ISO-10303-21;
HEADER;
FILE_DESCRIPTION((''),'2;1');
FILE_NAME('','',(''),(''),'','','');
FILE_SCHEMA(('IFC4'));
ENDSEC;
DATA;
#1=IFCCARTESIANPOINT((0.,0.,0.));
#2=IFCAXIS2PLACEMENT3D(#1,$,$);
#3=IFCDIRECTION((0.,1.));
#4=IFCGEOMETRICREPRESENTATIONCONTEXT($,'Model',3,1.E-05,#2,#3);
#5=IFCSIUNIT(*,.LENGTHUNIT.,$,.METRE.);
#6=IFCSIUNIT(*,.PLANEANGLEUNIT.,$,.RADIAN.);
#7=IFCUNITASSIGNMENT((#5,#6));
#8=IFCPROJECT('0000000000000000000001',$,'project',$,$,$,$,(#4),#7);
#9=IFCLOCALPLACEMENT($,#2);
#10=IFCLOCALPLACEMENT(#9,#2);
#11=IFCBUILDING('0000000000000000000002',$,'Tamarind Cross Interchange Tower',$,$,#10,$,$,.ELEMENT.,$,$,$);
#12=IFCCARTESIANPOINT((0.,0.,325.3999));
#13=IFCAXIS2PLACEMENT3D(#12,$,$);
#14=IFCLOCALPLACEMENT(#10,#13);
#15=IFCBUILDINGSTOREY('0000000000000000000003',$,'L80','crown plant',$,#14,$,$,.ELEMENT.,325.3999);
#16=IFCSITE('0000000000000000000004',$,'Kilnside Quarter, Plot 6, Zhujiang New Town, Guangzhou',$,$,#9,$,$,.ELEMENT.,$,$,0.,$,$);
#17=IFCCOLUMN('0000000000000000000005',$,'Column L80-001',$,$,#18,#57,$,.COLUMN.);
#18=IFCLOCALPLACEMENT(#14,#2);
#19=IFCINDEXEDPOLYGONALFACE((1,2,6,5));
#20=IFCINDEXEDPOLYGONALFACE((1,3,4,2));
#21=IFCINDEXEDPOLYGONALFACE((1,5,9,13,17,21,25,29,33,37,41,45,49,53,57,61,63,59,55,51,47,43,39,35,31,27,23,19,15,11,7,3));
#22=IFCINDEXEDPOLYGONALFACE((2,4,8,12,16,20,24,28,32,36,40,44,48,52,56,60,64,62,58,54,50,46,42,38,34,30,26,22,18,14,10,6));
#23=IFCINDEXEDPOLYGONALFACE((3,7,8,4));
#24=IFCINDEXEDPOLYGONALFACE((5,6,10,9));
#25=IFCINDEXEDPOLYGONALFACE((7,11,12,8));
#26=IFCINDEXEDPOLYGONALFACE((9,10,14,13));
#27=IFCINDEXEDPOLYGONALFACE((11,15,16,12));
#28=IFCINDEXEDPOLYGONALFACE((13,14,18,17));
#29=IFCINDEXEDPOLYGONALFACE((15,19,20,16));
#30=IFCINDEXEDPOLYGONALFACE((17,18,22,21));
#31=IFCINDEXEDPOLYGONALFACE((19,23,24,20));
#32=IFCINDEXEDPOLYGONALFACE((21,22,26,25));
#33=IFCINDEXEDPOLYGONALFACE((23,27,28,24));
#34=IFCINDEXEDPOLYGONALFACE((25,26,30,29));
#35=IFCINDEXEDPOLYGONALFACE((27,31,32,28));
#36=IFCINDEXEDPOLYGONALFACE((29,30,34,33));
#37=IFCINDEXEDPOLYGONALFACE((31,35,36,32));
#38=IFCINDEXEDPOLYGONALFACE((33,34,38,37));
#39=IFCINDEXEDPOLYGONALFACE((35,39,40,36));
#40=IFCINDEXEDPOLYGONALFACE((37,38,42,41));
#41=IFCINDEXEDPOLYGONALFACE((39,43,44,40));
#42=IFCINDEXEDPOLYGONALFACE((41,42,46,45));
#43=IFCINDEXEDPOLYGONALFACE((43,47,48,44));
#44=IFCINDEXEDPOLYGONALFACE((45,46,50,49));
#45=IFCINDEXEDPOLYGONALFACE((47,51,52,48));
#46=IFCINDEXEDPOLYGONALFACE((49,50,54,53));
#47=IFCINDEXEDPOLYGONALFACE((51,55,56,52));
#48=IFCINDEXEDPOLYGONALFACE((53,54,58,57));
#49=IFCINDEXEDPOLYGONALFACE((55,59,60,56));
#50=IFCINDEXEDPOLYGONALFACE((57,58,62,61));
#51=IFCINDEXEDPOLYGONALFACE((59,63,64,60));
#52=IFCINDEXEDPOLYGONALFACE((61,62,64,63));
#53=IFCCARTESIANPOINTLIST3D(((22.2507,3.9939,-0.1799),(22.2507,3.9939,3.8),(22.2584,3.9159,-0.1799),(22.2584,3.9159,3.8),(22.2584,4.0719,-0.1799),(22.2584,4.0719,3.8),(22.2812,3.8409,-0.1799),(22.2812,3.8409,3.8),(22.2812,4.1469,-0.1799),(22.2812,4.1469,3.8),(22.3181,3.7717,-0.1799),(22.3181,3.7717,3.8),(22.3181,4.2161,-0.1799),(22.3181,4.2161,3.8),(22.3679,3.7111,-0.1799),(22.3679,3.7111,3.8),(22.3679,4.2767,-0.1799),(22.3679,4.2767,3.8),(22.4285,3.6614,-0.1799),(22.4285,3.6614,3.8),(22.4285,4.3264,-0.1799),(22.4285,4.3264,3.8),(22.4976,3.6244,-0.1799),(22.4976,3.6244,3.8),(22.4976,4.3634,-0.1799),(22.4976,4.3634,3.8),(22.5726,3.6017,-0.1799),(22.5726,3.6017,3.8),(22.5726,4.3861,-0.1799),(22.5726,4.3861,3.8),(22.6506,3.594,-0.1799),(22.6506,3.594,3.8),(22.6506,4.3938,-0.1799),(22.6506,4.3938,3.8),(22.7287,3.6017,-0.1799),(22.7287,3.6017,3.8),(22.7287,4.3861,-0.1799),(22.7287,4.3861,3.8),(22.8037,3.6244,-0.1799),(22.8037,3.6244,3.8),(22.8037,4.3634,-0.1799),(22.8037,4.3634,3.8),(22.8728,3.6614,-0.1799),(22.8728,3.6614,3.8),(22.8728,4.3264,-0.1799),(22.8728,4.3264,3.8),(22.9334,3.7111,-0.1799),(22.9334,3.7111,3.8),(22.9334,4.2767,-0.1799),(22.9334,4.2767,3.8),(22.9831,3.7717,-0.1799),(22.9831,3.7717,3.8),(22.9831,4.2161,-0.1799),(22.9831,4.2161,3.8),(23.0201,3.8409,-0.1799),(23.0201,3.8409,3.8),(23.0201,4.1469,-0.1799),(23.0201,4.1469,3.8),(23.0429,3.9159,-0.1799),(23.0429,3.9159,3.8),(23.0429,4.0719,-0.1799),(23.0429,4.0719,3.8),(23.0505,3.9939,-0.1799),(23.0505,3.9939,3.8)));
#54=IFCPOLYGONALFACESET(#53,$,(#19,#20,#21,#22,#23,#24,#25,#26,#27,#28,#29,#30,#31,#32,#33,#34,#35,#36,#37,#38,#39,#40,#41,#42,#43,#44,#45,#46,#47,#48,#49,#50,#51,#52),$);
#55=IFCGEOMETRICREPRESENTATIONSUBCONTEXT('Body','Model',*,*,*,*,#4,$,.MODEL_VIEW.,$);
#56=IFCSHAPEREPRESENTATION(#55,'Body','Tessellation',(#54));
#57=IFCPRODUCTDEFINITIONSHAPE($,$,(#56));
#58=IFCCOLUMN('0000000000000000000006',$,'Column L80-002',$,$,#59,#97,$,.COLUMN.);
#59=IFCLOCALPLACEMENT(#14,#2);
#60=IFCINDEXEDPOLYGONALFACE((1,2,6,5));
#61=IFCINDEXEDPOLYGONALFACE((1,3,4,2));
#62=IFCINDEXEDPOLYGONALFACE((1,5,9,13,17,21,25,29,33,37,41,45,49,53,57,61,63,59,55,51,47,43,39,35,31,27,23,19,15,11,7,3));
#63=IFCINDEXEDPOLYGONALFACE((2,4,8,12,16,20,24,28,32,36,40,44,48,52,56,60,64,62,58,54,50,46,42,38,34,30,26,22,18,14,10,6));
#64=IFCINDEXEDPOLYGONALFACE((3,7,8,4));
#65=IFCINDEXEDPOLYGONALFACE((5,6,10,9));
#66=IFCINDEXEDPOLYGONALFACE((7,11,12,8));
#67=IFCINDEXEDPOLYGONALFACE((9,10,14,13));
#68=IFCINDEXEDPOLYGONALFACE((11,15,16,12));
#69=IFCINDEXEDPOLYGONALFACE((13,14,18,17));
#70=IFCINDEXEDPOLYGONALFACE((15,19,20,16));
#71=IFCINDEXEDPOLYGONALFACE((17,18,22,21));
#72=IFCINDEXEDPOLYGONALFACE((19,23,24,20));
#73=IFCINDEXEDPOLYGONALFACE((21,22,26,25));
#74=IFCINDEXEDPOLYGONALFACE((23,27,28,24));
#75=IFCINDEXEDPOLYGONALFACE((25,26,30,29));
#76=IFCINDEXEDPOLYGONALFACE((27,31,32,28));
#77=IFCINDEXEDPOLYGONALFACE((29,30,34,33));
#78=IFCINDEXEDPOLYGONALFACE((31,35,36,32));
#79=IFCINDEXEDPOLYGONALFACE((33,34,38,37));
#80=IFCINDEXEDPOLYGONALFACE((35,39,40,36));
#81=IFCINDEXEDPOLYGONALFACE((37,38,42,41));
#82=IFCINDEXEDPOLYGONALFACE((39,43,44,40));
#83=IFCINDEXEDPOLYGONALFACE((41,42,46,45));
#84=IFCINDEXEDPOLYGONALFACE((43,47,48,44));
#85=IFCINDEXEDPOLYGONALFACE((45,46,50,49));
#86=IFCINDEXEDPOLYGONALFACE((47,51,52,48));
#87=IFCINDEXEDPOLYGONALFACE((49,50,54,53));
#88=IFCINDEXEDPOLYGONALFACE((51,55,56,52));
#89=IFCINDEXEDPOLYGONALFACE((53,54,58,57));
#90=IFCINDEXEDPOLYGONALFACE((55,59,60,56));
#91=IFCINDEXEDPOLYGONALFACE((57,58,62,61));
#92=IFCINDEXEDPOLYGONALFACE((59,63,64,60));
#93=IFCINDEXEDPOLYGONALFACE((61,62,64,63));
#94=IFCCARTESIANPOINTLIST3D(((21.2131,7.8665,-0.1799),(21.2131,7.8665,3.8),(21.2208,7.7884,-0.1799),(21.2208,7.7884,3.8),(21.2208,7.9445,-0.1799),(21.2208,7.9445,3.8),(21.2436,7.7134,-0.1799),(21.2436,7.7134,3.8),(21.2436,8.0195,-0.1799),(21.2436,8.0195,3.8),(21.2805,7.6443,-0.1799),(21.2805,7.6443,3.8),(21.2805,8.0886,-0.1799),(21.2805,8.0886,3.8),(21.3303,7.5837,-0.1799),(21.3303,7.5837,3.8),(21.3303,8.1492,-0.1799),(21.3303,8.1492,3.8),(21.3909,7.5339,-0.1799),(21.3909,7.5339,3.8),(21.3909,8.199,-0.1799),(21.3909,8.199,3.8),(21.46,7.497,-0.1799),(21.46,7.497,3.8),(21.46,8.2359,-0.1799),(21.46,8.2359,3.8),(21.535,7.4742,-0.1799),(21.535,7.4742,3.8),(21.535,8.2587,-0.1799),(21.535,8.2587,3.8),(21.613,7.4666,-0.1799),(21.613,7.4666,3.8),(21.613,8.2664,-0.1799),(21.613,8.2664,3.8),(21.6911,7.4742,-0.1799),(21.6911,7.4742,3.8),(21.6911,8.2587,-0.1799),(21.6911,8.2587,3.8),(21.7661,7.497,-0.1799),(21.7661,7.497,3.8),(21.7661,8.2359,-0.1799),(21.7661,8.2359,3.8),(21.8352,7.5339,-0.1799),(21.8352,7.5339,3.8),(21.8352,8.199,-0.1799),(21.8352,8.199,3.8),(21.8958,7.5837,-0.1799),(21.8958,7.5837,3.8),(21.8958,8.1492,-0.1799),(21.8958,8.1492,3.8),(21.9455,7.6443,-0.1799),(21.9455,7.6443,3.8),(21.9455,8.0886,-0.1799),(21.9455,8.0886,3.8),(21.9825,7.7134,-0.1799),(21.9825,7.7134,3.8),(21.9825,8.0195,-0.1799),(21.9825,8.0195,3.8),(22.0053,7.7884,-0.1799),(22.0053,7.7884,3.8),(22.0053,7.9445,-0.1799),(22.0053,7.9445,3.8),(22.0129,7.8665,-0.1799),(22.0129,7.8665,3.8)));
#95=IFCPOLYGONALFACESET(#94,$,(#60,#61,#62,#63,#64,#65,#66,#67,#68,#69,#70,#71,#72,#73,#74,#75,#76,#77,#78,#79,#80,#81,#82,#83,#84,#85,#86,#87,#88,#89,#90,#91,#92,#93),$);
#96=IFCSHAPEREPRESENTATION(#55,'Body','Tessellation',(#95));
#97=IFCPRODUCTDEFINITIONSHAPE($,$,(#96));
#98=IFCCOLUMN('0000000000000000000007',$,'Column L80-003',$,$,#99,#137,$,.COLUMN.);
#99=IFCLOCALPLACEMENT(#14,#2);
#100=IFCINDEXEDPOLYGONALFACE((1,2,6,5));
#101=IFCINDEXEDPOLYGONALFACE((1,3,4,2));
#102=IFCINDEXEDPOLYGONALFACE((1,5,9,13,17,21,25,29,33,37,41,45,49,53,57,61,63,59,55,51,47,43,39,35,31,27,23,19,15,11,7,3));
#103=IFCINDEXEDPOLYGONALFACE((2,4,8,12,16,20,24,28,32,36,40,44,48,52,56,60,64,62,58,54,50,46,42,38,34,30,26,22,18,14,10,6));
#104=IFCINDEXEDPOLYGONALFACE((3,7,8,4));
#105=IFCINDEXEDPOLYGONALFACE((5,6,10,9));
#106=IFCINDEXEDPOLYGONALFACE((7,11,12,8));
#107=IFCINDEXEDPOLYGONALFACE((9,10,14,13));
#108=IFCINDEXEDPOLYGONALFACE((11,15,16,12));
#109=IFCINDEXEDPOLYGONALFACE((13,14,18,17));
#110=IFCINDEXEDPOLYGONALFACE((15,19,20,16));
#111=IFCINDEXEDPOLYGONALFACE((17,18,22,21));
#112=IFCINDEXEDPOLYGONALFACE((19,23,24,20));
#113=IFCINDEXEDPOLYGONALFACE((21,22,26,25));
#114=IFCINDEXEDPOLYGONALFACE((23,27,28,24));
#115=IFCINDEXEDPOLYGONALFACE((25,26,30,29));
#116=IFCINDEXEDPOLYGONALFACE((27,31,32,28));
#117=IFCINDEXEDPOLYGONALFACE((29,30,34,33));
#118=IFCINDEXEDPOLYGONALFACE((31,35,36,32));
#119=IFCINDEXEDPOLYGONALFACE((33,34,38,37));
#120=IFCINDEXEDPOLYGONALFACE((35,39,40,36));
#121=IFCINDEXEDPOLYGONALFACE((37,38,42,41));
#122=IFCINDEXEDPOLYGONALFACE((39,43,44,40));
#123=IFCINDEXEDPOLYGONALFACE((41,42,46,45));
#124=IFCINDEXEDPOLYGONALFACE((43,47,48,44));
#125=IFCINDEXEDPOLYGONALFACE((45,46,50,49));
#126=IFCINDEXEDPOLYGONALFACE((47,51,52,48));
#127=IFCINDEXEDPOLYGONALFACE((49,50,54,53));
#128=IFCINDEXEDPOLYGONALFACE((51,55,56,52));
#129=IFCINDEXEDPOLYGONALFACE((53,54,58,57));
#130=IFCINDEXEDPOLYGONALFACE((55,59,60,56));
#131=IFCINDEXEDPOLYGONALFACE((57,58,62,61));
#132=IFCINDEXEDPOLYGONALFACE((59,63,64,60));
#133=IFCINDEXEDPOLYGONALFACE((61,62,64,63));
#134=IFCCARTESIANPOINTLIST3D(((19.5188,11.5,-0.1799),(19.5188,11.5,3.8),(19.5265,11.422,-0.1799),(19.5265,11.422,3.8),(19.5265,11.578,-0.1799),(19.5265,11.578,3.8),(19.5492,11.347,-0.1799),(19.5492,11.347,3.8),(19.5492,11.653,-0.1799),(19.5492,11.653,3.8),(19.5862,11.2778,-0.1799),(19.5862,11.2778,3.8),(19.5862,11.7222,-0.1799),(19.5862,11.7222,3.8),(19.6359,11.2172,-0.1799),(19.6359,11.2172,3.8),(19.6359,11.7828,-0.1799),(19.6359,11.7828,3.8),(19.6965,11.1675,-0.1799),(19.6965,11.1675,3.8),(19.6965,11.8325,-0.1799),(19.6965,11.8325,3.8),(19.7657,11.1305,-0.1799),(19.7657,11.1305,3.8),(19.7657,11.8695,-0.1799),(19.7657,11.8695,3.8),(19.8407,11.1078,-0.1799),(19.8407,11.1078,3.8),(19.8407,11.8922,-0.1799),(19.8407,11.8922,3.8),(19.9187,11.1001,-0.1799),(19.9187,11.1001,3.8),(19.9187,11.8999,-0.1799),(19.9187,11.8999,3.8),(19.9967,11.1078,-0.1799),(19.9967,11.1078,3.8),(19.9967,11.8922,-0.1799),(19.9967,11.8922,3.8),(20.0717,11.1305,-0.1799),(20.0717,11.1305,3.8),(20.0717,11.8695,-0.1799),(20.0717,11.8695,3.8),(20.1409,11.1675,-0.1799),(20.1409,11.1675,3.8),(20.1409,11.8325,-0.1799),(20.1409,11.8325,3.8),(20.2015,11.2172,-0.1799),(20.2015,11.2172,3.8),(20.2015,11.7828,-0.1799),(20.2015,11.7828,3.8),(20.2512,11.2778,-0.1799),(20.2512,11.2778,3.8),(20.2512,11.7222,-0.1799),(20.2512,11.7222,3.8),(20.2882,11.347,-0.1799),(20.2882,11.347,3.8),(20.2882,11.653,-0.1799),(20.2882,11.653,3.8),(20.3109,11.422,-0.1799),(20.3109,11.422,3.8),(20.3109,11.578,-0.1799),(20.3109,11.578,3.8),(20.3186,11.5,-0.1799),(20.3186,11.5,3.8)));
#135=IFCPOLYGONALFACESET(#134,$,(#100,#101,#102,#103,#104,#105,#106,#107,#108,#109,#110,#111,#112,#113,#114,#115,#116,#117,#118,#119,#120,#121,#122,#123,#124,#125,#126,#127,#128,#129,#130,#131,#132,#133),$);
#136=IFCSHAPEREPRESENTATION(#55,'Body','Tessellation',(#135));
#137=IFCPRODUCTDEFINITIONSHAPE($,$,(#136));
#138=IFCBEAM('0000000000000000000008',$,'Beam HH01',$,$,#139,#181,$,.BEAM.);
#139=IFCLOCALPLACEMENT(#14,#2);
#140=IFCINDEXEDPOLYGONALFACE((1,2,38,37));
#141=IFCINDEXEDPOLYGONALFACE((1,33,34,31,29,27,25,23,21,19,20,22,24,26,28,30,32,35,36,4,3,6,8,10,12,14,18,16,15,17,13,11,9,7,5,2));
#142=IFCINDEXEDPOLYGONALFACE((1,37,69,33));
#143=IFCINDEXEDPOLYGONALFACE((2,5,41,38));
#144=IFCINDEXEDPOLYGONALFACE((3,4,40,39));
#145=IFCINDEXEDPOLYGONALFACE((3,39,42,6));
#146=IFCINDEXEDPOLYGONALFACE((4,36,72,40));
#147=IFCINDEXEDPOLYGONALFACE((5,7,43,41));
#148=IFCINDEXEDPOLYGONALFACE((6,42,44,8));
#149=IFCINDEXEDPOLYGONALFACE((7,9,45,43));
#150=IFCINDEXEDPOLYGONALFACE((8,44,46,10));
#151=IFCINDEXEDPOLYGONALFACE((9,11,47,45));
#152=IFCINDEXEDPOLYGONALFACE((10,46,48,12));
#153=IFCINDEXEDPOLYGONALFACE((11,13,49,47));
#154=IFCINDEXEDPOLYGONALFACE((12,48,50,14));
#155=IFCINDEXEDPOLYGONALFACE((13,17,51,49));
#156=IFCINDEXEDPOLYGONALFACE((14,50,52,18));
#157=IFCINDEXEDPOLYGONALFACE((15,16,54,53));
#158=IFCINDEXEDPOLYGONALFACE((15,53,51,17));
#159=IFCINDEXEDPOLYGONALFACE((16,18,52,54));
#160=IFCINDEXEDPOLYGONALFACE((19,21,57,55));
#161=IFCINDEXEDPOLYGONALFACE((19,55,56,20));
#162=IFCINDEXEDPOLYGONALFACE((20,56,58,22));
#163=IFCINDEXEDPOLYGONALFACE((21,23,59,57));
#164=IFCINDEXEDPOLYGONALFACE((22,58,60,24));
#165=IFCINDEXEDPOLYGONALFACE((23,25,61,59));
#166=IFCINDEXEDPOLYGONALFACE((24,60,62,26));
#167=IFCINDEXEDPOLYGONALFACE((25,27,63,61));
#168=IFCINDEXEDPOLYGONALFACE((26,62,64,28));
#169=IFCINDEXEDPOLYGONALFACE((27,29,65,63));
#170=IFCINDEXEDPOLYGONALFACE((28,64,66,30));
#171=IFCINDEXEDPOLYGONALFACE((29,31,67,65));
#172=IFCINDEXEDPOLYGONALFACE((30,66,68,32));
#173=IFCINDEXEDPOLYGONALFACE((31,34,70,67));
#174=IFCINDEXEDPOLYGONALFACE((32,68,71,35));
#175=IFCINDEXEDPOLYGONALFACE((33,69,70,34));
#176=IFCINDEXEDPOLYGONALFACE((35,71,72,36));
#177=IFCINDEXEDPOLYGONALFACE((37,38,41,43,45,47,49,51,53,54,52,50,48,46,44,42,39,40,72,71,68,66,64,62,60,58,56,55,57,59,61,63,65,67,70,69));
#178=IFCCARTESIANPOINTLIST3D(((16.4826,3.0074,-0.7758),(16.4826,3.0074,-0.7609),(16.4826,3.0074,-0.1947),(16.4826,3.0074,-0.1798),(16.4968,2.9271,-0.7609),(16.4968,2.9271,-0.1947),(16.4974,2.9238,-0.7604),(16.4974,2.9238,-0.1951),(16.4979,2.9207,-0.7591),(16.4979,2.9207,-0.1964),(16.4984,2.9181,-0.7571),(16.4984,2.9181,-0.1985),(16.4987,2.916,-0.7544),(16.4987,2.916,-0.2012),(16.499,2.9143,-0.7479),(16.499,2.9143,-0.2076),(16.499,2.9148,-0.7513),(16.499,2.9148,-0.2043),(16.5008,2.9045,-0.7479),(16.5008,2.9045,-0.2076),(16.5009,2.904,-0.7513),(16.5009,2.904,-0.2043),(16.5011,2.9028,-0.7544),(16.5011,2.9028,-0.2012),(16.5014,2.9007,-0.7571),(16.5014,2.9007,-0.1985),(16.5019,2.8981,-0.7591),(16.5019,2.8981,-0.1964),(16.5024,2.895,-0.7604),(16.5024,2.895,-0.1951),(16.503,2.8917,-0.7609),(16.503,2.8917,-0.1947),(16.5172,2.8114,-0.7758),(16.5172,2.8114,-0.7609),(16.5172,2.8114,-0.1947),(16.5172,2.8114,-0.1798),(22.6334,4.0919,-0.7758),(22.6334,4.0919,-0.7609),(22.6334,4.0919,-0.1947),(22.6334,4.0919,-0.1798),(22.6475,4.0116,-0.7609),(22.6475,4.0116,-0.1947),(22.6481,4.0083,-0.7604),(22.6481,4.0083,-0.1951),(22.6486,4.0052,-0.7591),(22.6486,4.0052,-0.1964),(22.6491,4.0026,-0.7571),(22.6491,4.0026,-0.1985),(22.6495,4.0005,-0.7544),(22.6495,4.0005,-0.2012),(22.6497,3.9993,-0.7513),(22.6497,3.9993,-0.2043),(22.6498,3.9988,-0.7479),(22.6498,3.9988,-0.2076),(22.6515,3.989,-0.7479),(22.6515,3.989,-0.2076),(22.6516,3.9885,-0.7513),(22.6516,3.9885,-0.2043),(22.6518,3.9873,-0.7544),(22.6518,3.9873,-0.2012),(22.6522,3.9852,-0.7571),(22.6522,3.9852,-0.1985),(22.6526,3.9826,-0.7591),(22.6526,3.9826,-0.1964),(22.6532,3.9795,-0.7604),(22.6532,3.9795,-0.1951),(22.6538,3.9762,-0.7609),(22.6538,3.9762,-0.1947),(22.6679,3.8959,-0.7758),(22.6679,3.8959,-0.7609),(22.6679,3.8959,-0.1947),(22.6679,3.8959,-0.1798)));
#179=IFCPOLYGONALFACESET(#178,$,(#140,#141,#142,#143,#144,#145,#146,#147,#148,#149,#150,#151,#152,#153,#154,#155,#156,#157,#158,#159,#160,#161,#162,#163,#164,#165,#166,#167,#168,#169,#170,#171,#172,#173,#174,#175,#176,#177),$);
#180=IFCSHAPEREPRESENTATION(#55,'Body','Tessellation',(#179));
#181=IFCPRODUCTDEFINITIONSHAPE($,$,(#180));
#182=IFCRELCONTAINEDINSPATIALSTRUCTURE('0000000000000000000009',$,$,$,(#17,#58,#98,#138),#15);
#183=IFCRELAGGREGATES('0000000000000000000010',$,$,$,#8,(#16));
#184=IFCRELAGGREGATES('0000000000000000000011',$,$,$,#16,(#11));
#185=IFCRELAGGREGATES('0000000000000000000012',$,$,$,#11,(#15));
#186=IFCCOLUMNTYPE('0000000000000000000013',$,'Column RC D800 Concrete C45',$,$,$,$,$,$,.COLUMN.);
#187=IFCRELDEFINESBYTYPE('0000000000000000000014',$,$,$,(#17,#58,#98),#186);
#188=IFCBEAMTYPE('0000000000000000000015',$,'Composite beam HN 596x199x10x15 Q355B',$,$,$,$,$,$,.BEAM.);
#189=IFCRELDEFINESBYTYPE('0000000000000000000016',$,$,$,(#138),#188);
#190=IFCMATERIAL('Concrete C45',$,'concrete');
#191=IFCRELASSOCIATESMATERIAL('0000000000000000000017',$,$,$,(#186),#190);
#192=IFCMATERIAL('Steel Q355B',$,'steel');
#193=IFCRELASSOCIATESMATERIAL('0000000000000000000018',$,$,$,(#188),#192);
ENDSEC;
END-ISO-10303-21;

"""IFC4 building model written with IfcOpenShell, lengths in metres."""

from ifc_helpers import new_model, si_unit, direction, frame, origin, origin_2d, place, context, subcontext, project, spatial, circle, i_section, extrude, material, material_profile, profile_set, type_object, element, save


model = new_model("IFC4")

# Units and contexts
model_context = context("Model", 3, precision=1e-05, world=origin(), true_north=direction((0.0, 1.0)))
body_context = subcontext(model_context, "Body", "Model", "MODEL_VIEW")
ifc_project = project(units=[si_unit("LENGTHUNIT", "METRE"), si_unit("PLANEANGLEUNIT", "RADIAN")], contexts=[model_context])

# Site, building, storey
site_placement = place(None, origin())
site = spatial("IfcSite", under=ifc_project, at=site_placement, Name="Kilnside Quarter, Plot 6, Zhujiang New Town, Guangzhou", CompositionType="ELEMENT", RefElevation=0.0)
building_placement = place(site_placement, origin())
building = spatial("IfcBuilding", under=site, at=building_placement, Name="Tamarind Cross Interchange Tower", CompositionType="ELEMENT")
storey_placement = place(building_placement, frame((0.0, 0.0, 325.3999)))
storey = spatial("IfcBuildingStorey", under=building, at=storey_placement, Name="L80", Description="crown plant", CompositionType="ELEMENT", Elevation=325.3999)

# Columns
ifc_material_1 = material(Name="Concrete C45", Category="concrete")
ifc_material_profile_1 = material_profile(ifc_material_1, circle(Radius=0.3999, at=origin_2d()), Name="RC D800")
ifc_profile_set_1 = profile_set([ifc_material_profile_1], Name="Concrete C45")
column_type = type_object("IfcColumnType", Name="Column RC D800 Concrete C45", PredefinedType="COLUMN", material=ifc_profile_set_1)
for number, where, z_axis, x_axis, name in (
    (1, (22.6506, 3.9939, -0.1799), (0.0, 0.0, 1.0), (1.0, 0.0, 0.0), "Column L80-001"),
    (2, (21.613, 7.8665, -0.1799), (0.0, 0.0, 1.0), (1.0, 0.0, 0.0), "Column L80-002"),
    (3, (19.9187, 11.5, -0.1799), (0.0, 0.0, 1.0), (1.0, 0.0, 0.0), "Column L80-003"),
):
    element("IfcColumn", number, at=place(storey_placement, frame(where, z_axis=z_axis, x_axis=x_axis)), inside=storey, type_object=column_type, Name=name, PredefinedType="COLUMN", context=body_context, shape_type="SweptSolid", body=[
        extrude(circle(Radius=0.3999, at=origin_2d()), origin(), (0.0, 0.0, 1.0), 3.98),
    ])

# Beam
ifc_material_2 = material(Name="Steel Q355B", Category="steel")
ifc_material_profile_2 = material_profile(ifc_material_2, i_section(OverallWidth=0.199, OverallDepth=0.5959, WebThickness=0.01, FlangeThickness=0.0149, FilletRadius=0.0129, at=origin_2d()), Name="HN 596x199x10x15")
ifc_profile_set_2 = profile_set([ifc_material_profile_2], Name="Steel Q355B")
beam_type = type_object("IfcBeamType", Name="Composite beam HN 596x199x10x15 Q355B", PredefinedType="BEAM", material=ifc_profile_set_2)
beam_1_placement = place(storey_placement, frame((22.6506, 3.9939, -0.4778), z_axis=(-0.984809, -0.17364, 0.0), x_axis=(0.17364, -0.984809, 0.0)))
element("IfcBeam", 4, at=beam_1_placement, inside=storey, type_object=beam_type, Name="Beam HH01", PredefinedType="BEAM", context=body_context, shape_type="SweptSolid", body=[
    extrude(i_section(OverallWidth=0.199, OverallDepth=0.5959, WebThickness=0.01, FlangeThickness=0.0149, FilletRadius=0.0129, at=origin_2d()), origin(), (0.0, 0.0, 1.0), 6.2456),
])

save(model, "model.ifc")
